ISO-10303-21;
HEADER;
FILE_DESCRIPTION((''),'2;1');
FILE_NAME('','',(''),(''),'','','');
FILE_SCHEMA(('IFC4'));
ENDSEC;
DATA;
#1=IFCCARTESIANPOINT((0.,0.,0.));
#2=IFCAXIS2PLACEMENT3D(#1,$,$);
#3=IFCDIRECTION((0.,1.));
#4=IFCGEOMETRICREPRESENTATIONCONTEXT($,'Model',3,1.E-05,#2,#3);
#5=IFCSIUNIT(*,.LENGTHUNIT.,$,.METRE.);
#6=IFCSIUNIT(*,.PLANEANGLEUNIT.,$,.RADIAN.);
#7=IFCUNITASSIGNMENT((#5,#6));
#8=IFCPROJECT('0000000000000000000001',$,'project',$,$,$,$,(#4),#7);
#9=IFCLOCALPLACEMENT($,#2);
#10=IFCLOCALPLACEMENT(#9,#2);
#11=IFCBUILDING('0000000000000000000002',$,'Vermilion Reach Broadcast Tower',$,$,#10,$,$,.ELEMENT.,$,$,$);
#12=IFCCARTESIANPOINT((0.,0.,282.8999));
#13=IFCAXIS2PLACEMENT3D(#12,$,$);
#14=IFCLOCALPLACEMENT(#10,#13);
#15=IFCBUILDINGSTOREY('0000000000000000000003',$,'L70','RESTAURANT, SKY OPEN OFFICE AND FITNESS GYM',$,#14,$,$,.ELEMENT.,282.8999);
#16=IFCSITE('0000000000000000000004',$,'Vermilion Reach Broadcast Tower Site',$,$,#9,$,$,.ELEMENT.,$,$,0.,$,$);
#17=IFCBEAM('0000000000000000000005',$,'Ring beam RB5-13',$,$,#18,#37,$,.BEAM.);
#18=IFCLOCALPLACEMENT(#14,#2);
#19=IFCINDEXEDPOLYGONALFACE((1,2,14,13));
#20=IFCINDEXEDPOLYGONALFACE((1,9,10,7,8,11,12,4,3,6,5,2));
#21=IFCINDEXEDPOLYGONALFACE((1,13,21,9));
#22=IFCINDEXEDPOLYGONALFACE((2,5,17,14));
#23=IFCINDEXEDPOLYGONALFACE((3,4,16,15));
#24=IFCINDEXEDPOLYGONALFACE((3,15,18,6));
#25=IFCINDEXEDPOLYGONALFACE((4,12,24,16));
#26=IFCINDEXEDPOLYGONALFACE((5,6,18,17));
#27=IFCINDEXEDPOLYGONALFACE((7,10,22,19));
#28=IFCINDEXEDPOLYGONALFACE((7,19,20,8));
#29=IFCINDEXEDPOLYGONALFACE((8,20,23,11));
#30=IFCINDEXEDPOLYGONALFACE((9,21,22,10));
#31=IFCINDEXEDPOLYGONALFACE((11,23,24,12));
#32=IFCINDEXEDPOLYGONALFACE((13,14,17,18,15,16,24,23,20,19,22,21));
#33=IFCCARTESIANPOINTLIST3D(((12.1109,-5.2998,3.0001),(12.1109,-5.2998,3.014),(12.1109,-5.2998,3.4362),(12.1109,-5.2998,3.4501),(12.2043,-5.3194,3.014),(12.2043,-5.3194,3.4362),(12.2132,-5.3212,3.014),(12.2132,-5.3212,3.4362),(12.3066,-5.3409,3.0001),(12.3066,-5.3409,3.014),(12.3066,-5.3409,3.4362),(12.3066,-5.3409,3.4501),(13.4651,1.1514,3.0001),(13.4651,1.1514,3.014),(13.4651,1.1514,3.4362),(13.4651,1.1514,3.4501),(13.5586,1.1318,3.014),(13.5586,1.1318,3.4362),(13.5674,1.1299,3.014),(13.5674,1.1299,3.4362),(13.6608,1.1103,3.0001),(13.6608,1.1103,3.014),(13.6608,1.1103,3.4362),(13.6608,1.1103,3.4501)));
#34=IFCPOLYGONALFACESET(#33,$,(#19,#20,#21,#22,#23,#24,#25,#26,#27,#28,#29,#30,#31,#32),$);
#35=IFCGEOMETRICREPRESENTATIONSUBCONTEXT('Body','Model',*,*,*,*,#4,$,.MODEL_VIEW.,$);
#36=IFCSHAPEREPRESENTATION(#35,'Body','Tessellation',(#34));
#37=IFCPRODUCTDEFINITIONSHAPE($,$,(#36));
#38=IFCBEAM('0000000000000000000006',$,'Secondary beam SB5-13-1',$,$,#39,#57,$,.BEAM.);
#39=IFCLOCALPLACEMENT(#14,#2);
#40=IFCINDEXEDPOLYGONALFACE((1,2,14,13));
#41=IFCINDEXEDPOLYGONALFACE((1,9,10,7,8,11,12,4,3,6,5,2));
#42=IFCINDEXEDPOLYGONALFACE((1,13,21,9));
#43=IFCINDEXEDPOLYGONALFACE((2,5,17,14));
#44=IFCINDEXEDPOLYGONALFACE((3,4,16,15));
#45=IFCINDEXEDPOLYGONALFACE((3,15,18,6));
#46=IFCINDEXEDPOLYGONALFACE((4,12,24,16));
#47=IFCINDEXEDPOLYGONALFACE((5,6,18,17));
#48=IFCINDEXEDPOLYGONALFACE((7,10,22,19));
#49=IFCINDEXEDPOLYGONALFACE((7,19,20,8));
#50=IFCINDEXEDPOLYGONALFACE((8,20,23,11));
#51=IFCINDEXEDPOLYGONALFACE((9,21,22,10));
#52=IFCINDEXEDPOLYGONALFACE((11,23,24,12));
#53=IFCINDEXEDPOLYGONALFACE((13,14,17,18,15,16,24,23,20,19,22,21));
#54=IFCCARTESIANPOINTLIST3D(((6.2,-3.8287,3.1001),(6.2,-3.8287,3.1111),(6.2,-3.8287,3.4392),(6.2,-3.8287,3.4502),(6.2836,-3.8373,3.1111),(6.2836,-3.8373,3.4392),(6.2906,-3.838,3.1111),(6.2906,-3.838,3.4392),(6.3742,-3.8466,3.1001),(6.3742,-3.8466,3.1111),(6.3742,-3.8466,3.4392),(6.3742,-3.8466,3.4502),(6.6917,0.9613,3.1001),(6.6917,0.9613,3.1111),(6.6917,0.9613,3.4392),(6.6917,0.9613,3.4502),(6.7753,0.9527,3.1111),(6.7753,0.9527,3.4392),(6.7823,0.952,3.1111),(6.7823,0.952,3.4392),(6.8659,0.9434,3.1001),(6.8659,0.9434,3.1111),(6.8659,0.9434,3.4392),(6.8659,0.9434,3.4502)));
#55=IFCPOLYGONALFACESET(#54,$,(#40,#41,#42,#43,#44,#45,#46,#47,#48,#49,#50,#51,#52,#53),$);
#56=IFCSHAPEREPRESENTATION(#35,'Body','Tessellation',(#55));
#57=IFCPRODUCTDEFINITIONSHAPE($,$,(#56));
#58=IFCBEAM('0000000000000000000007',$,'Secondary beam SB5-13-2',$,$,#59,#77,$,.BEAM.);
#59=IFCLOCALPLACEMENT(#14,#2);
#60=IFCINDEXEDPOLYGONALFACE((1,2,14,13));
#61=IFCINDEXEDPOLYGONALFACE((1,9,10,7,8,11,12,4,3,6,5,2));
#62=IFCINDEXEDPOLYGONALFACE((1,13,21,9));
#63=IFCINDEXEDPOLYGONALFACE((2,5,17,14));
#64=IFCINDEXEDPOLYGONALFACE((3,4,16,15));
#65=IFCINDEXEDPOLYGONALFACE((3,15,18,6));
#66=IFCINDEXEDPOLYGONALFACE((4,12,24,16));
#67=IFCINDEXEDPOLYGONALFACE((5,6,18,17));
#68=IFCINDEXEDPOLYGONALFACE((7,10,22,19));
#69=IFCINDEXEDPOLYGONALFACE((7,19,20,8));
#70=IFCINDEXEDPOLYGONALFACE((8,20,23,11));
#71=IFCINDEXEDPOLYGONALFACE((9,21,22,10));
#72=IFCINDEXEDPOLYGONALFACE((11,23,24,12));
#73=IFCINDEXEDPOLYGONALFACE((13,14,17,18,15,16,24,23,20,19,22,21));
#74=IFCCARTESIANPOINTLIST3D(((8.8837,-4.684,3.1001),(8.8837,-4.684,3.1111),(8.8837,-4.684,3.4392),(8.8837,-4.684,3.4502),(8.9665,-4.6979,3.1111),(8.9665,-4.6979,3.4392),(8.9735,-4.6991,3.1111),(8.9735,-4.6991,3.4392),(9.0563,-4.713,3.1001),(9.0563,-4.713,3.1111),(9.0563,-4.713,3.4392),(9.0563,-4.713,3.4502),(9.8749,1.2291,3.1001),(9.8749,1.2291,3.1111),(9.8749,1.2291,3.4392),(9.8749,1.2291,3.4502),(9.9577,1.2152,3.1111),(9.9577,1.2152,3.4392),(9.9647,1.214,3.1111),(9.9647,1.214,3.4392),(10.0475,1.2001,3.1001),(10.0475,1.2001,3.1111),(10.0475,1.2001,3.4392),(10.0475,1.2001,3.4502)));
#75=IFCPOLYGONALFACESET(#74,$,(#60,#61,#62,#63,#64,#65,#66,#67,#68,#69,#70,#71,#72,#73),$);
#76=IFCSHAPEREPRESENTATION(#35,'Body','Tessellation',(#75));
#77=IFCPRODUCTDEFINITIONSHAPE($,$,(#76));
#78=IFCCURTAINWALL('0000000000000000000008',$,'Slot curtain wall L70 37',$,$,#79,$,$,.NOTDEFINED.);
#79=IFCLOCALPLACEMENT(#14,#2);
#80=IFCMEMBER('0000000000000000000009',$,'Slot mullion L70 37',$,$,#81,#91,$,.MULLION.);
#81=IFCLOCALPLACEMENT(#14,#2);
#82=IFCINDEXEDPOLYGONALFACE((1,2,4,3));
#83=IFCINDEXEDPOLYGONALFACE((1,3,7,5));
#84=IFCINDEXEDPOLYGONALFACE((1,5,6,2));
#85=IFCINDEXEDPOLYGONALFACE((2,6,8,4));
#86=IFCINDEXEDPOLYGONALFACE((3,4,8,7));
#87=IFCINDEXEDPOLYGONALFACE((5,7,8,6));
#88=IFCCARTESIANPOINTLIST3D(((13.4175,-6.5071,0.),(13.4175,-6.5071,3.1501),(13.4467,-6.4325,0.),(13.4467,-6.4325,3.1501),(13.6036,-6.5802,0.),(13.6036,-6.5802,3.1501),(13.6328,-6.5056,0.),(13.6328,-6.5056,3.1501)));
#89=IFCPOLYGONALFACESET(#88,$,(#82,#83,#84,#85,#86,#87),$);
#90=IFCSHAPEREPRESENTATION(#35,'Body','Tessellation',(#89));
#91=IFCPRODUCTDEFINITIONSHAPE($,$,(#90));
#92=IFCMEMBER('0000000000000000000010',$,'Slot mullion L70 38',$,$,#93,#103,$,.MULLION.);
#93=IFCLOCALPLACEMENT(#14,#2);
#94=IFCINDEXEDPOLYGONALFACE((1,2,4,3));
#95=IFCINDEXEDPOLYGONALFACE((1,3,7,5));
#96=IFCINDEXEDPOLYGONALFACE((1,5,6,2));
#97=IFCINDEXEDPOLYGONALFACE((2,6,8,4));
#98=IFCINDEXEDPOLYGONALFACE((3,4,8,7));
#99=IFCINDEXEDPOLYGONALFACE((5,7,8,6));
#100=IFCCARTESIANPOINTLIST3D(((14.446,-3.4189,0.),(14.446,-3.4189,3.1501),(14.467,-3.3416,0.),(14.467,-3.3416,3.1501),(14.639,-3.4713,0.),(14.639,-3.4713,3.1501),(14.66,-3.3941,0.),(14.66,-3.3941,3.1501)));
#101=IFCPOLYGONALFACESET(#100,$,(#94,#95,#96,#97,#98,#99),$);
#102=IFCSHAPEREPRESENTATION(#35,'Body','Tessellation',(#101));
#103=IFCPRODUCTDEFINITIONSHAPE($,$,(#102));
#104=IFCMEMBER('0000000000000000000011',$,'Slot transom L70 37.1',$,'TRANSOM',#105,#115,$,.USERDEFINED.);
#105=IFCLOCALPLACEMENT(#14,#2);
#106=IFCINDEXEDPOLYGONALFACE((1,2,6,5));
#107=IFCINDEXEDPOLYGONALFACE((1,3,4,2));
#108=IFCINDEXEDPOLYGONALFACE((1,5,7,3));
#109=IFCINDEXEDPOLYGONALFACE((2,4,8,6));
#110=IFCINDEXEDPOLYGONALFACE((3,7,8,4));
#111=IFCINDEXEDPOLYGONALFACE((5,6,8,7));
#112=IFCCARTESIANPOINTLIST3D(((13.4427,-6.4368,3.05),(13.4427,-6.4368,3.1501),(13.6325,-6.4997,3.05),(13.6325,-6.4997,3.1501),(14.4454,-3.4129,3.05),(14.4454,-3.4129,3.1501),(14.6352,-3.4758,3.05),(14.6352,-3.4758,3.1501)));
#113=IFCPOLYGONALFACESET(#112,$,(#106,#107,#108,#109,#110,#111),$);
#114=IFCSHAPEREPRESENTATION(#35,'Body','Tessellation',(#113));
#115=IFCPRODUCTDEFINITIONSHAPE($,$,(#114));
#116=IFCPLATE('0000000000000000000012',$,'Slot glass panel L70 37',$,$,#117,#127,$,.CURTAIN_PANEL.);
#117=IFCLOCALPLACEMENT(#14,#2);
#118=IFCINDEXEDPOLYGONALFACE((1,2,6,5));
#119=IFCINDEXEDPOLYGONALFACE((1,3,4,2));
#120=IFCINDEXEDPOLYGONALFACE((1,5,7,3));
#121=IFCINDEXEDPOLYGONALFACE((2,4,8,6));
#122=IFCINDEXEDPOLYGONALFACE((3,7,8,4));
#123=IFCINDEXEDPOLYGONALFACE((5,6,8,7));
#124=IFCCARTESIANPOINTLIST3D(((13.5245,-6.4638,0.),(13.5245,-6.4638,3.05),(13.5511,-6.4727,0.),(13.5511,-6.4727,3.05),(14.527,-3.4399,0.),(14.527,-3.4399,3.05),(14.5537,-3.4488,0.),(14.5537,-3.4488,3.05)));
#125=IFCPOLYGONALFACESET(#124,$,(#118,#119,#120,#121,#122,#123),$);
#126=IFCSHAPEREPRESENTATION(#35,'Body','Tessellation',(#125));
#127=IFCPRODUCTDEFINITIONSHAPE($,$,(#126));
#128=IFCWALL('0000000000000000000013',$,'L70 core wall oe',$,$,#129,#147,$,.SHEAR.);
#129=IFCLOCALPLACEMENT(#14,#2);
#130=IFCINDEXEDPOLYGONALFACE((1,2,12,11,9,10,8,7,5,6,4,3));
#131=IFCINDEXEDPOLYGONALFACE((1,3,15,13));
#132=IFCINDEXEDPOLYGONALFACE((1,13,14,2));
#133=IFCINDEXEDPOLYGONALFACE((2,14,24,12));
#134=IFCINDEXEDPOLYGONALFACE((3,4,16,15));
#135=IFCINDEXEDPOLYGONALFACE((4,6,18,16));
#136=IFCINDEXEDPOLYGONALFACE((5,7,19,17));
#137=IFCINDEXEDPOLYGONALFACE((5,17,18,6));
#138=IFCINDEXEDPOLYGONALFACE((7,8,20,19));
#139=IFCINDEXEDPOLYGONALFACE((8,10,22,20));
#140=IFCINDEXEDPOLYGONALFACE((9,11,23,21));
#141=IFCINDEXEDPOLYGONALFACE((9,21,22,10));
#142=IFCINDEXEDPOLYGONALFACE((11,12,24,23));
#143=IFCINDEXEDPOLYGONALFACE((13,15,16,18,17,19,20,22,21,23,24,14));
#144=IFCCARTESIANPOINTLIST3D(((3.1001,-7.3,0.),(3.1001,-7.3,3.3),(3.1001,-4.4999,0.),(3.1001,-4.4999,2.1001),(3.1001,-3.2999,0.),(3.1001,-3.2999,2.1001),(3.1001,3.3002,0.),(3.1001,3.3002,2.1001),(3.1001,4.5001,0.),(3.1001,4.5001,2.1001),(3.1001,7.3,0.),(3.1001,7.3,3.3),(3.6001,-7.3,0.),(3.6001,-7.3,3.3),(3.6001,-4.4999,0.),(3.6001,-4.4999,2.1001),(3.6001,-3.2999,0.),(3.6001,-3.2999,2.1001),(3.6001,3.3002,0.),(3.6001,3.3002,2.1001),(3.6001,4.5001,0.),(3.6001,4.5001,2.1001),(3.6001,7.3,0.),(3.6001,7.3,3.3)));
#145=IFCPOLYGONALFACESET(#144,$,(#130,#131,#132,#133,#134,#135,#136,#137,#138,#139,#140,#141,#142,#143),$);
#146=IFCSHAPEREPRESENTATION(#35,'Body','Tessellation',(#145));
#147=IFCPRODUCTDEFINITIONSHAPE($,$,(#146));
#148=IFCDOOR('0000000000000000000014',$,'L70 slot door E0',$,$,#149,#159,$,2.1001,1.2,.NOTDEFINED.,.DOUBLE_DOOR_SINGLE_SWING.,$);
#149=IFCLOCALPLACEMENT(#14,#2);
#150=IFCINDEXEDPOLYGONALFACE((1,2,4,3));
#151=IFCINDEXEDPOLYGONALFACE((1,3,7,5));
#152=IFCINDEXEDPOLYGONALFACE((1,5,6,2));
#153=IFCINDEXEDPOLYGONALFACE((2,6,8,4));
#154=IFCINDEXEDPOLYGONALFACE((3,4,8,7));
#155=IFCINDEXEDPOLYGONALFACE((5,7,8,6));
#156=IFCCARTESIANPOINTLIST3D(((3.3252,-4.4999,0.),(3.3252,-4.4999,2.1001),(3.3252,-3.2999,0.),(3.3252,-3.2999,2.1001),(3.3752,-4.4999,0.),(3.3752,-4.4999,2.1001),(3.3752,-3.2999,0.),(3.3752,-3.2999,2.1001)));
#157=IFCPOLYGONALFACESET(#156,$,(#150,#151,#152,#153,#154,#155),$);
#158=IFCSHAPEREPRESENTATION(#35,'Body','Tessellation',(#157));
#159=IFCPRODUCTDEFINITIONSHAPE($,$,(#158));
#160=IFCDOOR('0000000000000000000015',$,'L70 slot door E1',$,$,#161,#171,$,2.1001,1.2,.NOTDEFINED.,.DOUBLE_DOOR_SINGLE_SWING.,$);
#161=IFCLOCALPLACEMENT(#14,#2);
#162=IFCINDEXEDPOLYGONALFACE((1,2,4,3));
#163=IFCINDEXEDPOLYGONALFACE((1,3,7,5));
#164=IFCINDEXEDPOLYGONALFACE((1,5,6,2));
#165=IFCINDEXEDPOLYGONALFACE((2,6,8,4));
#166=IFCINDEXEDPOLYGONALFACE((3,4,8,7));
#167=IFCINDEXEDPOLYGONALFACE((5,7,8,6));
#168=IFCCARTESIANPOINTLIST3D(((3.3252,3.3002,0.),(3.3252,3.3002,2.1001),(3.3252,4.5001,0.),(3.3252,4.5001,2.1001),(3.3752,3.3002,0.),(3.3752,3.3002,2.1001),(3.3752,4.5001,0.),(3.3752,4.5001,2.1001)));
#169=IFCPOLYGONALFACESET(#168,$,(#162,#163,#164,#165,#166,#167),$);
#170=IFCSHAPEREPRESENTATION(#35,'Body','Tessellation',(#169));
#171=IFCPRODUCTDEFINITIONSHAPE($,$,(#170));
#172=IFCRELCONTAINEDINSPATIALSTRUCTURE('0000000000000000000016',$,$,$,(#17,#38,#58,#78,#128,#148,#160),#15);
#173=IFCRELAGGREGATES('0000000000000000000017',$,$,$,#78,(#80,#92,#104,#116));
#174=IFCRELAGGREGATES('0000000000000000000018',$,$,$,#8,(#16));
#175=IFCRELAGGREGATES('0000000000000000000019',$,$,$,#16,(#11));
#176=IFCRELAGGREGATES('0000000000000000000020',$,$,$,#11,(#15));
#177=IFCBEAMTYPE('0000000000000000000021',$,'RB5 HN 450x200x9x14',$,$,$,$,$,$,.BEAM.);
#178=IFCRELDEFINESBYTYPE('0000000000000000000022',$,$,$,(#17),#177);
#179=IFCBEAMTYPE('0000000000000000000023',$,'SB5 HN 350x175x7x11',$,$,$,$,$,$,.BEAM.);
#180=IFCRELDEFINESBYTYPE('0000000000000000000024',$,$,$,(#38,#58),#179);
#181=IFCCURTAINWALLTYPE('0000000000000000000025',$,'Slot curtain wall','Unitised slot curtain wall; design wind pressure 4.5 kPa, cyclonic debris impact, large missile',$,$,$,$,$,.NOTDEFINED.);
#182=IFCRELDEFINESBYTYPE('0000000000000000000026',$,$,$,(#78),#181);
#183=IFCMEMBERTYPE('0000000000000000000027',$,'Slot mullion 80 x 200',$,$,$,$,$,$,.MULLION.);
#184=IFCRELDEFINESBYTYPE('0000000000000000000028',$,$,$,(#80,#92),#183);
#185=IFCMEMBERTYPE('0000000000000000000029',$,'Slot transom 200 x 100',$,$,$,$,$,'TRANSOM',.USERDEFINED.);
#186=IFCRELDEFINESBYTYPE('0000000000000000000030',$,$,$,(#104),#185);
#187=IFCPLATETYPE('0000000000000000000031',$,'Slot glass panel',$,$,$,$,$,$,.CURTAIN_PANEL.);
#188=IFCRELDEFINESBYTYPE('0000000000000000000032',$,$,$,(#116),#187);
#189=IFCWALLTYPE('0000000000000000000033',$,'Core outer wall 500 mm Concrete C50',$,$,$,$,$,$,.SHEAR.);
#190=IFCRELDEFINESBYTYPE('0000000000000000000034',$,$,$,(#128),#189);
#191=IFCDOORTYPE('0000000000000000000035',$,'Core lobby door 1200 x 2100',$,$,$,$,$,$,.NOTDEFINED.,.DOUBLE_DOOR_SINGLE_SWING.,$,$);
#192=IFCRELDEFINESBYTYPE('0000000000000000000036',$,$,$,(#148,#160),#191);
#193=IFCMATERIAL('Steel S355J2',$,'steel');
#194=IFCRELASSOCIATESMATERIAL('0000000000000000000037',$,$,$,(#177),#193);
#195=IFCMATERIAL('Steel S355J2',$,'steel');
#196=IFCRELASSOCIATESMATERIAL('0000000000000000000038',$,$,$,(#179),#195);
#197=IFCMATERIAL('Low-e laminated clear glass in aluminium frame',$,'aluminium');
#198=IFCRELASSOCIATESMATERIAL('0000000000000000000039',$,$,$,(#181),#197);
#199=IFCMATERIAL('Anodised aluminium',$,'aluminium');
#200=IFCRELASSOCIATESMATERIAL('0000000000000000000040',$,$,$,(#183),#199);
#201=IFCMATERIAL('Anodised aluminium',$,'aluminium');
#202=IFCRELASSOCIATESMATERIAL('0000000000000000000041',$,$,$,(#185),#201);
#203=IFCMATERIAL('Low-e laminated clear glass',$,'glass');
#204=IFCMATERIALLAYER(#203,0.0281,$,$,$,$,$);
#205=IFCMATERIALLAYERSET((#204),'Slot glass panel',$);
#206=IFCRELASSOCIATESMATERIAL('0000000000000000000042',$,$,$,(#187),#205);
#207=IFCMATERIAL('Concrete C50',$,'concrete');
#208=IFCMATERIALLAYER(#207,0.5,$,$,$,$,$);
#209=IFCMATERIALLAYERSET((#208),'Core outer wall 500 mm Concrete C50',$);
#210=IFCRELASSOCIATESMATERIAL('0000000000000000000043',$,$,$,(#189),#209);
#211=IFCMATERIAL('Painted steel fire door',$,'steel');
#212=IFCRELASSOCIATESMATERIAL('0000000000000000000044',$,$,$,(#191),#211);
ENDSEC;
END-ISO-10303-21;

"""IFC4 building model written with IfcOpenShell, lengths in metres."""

from ifc_helpers import new_model, si_unit, direction, frame, frame_2d, origin, origin_2d, place, context, subcontext, project, spatial, rectangle, i_section, extrude, material, layer, layer_set, material_profile, profile_set, type_object, element, fill, aggregate, save


model = new_model("IFC4")

# Units and contexts
model_context = context("Model", 3, precision=1e-05, world=origin(), true_north=direction((0.0, 1.0)))
body_context = subcontext(model_context, "Body", "Model", "MODEL_VIEW")
ifc_project = project(units=[si_unit("LENGTHUNIT", "METRE"), si_unit("PLANEANGLEUNIT", "RADIAN")], contexts=[model_context])

# Site, building, storey
site_placement = place(None, origin())
site = spatial("IfcSite", under=ifc_project, at=site_placement, Name="Vermilion Reach Broadcast Tower Site", CompositionType="ELEMENT", RefElevation=0.0)
building_placement = place(site_placement, origin())
building = spatial("IfcBuilding", under=site, at=building_placement, Name="Vermilion Reach Broadcast Tower", CompositionType="ELEMENT")
storey_placement = place(building_placement, frame((0.0, 0.0, 282.8999)))
storey = spatial("IfcBuildingStorey", under=building, at=storey_placement, Name="L70", Description="RESTAURANT, SKY OPEN OFFICE AND FITNESS GYM", CompositionType="ELEMENT", Elevation=282.8999)

# Beams
ifc_material_1 = material(Name="Steel S355J2", Category="steel")
ifc_material_profile_1 = material_profile(ifc_material_1, i_section(OverallWidth=0.2, OverallDepth=0.45, WebThickness=0.009, FlangeThickness=0.0139, at=origin_2d()), Name="S355J2 HN 450x200x9x14")
ifc_profile_set_1 = profile_set([ifc_material_profile_1], Name="Steel S355J2")
beam_type_1 = type_object("IfcBeamType", Name="RB5 HN 450x200x9x14", PredefinedType="BEAM", material=ifc_profile_set_1)
beam_1_placement = place(storey_placement, frame((12.2087, -5.3203, 3.2251), z_axis=(0.205445, 0.978669, 0.0), x_axis=(-0.978669, 0.205445, 0.0)))
element("IfcBeam", 1, at=beam_1_placement, inside=storey, type_object=beam_type_1, Name="Ring beam RB5-13", PredefinedType="BEAM", context=body_context, shape_type="SweptSolid", body=[
    extrude(i_section(OverallWidth=0.2, OverallDepth=0.45, WebThickness=0.009, FlangeThickness=0.0139, at=origin_2d()), origin(), (0.0, 0.0, 1.0), 6.5918),
])
ifc_material_2 = material(Name="Steel S355J2", Category="steel")
ifc_material_profile_2 = material_profile(ifc_material_2, i_section(OverallWidth=0.175, OverallDepth=0.3501, WebThickness=0.0071, FlangeThickness=0.011, at=origin_2d()), Name="S355J2 HN 350x175x7x11")
ifc_profile_set_2 = profile_set([ifc_material_profile_2], Name="Steel S355J2")
beam_type_2 = type_object("IfcBeamType", Name="SB5 HN 350x175x7x11", PredefinedType="BEAM", material=ifc_profile_set_2)
beam_2_placement = place(storey_placement, frame((6.2871, -3.8376, 3.2751), z_axis=(0.102114, 0.994773, 0.0), x_axis=(-0.994773, 0.102114, 0.0)))
element("IfcBeam", 2, at=beam_2_placement, inside=storey, type_object=beam_type_2, Name="Secondary beam SB5-13-1", PredefinedType="BEAM", context=body_context, shape_type="SweptSolid", body=[
    extrude(i_section(OverallWidth=0.175, OverallDepth=0.3501, WebThickness=0.0071, FlangeThickness=0.011, at=origin_2d()), origin(), (0.0, 0.0, 1.0), 4.8152),
])
beam_3_placement = place(storey_placement, frame((8.97, -4.6985, 3.2751), z_axis=(0.165323, 0.986239, 0.0), x_axis=(-0.986239, 0.165323, 0.0)))
element("IfcBeam", 3, at=beam_3_placement, inside=storey, type_object=beam_type_2, Name="Secondary beam SB5-13-2", PredefinedType="BEAM", context=body_context, shape_type="SweptSolid", body=[
    extrude(i_section(OverallWidth=0.175, OverallDepth=0.3501, WebThickness=0.0071, FlangeThickness=0.011, at=origin_2d()), origin(), (0.0, 0.0, 1.0), 5.9956),
])

# Curtain wall, members, plate
ifc_material_3 = material(Name="Low-e laminated clear glass in aluminium frame", Category="aluminium")
curtain_wall_type = type_object("IfcCurtainWallType", Name="Slot curtain wall", Description="Unitised slot curtain wall; design wind pressure 4.5 kPa, cyclonic debris impact, large missile", PredefinedType="NOTDEFINED", material=ifc_material_3)
curtain_wall_placement = place(storey_placement, origin())
curtain_wall = element("IfcCurtainWall", 4, at=curtain_wall_placement, inside=storey, type_object=curtain_wall_type, Name="Slot curtain wall L70 37", PredefinedType="NOTDEFINED")
ifc_material_4 = material(Name="Anodised aluminium", Category="aluminium")
ifc_material_profile_3 = material_profile(ifc_material_4, rectangle(XDim=0.2, YDim=0.0801, at=origin_2d()), Name="Slot mullion 80 x 200")
ifc_profile_set_3 = profile_set([ifc_material_profile_3], Name="Anodised aluminium")
member_type_1 = type_object("IfcMemberType", Name="Slot mullion 80 x 200", PredefinedType="MULLION", material=ifc_profile_set_3)
member_1_placement = place(storey_placement, frame((13.5251, -6.5063, 0.0), z_axis=(0.0, 0.0, 1.0), x_axis=(-0.930839, 0.365431, 0.0)))
member_1 = element("IfcMember", 5, at=member_1_placement, type_object=member_type_1, Name="Slot mullion L70 37", PredefinedType="MULLION", context=body_context, shape_type="SweptSolid", body=[
    extrude(rectangle(XDim=0.2, YDim=0.0801, at=origin_2d()), origin(), (0.0, 0.0, 1.0), 3.1501),
])
member_2_placement = place(storey_placement, frame((14.553, -3.4065, 0.0), z_axis=(0.0, 0.0, 1.0), x_axis=(-0.965021, 0.262173, 0.0)))
member_2 = element("IfcMember", 6, at=member_2_placement, type_object=member_type_1, Name="Slot mullion L70 38", PredefinedType="MULLION", context=body_context, shape_type="SweptSolid", body=[
    extrude(rectangle(XDim=0.2, YDim=0.0801, at=origin_2d()), origin(), (0.0, 0.0, 1.0), 3.1501),
])
ifc_material_5 = material(Name="Anodised aluminium", Category="aluminium")
ifc_material_profile_4 = material_profile(ifc_material_5, rectangle(XDim=0.2, YDim=0.1001, at=origin_2d()), Name="Slot transom 200 x 100")
ifc_profile_set_4 = profile_set([ifc_material_profile_4], Name="Anodised aluminium")
member_type_2 = type_object("IfcMemberType", Name="Slot transom 200 x 100", ElementType="TRANSOM", PredefinedType="USERDEFINED", material=ifc_profile_set_4)
member_3_placement = place(storey_placement, frame((13.5376, -6.4683, 3.1001), z_axis=(0.314733, 0.94918, 0.0), x_axis=(-0.94918, 0.314733, 0.0)))
member_3 = element("IfcMember", 7, at=member_3_placement, type_object=member_type_2, Name="Slot transom L70 37.1", ObjectType="TRANSOM", PredefinedType="USERDEFINED", context=body_context, shape_type="SweptSolid", body=[
    extrude(rectangle(XDim=0.2, YDim=0.1001, at=origin_2d()), origin(), (0.0, 0.0, 1.0), 3.1858),
])
ifc_material_6 = material(Name="Low-e laminated clear glass", Category="glass")
ifc_layer_1 = layer(ifc_material_6, 0.0281)
ifc_layer_set_1 = layer_set([ifc_layer_1], Name="Slot glass panel")
plate_type = type_object("IfcPlateType", Name="Slot glass panel", PredefinedType="CURTAIN_PANEL", material=ifc_layer_set_1)
plate_placement = place(storey_placement, frame((14.0391, -4.9563, 0.0), z_axis=(0.0, 0.0, 1.0), x_axis=(0.314696, 0.949193, 0.0)))
plate = element("IfcPlate", 8, at=plate_placement, type_object=plate_type, Name="Slot glass panel L70 37", PredefinedType="CURTAIN_PANEL", context=body_context, shape_type="SweptSolid", body=[
    extrude(rectangle(XDim=3.1858, YDim=0.0281, at=origin_2d()), origin(), (0.0, 0.0, 1.0), 3.05),
])
aggregate(curtain_wall, [member_1, member_2, member_3, plate])

# Wall, openings, doors
ifc_material_7 = material(Name="Concrete C50", Category="concrete")
ifc_layer_2 = layer(ifc_material_7, 0.5)
ifc_layer_set_2 = layer_set([ifc_layer_2], Name="Core outer wall 500 mm Concrete C50")
wall_type_1 = type_object("IfcWallType", Name="Core outer wall 500 mm Concrete C50", PredefinedType="SHEAR", material=ifc_layer_set_2)
wall_1_placement = place(storey_placement, frame((3.3501, -7.3, 0.0), z_axis=(0.0, 0.0, 1.0), x_axis=(0.0, 1.0, 0.0)))
wall_1 = element("IfcWall", 9, at=wall_1_placement, inside=storey, type_object=wall_type_1, Name="L70 core wall oe", PredefinedType="SHEAR", context=body_context, shape_type="SweptSolid", body=[
    extrude(rectangle(XDim=14.6001, YDim=0.5, at=frame_2d((7.3, 0.0))), origin(), (0.0, 0.0, 1.0), 3.3),
])
opening_1_placement = place(wall_1_placement, frame((2.8, 0.0, 0.0)))
opening_1 = element("IfcOpeningElement", 10, at=opening_1_placement, cuts=wall_1, PredefinedType="OPENING", context=body_context, shape_type="SweptSolid", body=[
    extrude(rectangle(XDim=1.2, YDim=2.1001, at=frame_2d((0.6001, 1.05))), frame((0.0, 0.26, 0.0), z_axis=(0.0, -1.0, 0.0), x_axis=(1.0, 0.0, 0.0)), (0.0, 0.0, 1.0), 0.52),
])
opening_2_placement = place(wall_1_placement, frame((10.6001, 0.0, 0.0)))
opening_2 = element("IfcOpeningElement", 11, at=opening_2_placement, cuts=wall_1, PredefinedType="OPENING", context=body_context, shape_type="SweptSolid", body=[
    extrude(rectangle(XDim=1.2, YDim=2.1001, at=frame_2d((0.6001, 1.05))), frame((0.0, 0.26, 0.0), z_axis=(0.0, -1.0, 0.0), x_axis=(1.0, 0.0, 0.0)), (0.0, 0.0, 1.0), 0.52),
])
ifc_material_8 = material(Name="Painted steel fire door", Category="steel")
door_type = type_object("IfcDoorType", Name="Core lobby door 1200 x 2100", OperationType="DOUBLE_DOOR_SINGLE_SWING", PredefinedType="NOTDEFINED", material=ifc_material_8)
door_1_placement = place(opening_1_placement, origin())
door_1 = element("IfcDoor", 12, at=door_1_placement, inside=storey, type_object=door_type, Name="L70 slot door E0", OperationType="DOUBLE_DOOR_SINGLE_SWING", OverallHeight=2.1001, OverallWidth=1.2, PredefinedType="NOTDEFINED", context=body_context, shape_type="SweptSolid", body=[
    extrude(rectangle(XDim=1.2, YDim=2.1001, at=frame_2d((0.6001, 1.05))), frame((0.0, 0.0249, 0.0), z_axis=(0.0, -1.0, 0.0), x_axis=(1.0, 0.0, 0.0)), (0.0, 0.0, 1.0), 0.05),
])
fill(opening_1, door_1)
door_2_placement = place(opening_2_placement, origin())
door_2 = element("IfcDoor", 13, at=door_2_placement, inside=storey, type_object=door_type, Name="L70 slot door E1", OperationType="DOUBLE_DOOR_SINGLE_SWING", OverallHeight=2.1001, OverallWidth=1.2, PredefinedType="NOTDEFINED", context=body_context, shape_type="SweptSolid", body=[
    extrude(rectangle(XDim=1.2, YDim=2.1001, at=frame_2d((0.6001, 1.05))), frame((0.0, 0.0249, 0.0), z_axis=(0.0, -1.0, 0.0), x_axis=(1.0, 0.0, 0.0)), (0.0, 0.0, 1.0), 0.05),
])
fill(opening_2, door_2)

save(model, "model.ifc")
